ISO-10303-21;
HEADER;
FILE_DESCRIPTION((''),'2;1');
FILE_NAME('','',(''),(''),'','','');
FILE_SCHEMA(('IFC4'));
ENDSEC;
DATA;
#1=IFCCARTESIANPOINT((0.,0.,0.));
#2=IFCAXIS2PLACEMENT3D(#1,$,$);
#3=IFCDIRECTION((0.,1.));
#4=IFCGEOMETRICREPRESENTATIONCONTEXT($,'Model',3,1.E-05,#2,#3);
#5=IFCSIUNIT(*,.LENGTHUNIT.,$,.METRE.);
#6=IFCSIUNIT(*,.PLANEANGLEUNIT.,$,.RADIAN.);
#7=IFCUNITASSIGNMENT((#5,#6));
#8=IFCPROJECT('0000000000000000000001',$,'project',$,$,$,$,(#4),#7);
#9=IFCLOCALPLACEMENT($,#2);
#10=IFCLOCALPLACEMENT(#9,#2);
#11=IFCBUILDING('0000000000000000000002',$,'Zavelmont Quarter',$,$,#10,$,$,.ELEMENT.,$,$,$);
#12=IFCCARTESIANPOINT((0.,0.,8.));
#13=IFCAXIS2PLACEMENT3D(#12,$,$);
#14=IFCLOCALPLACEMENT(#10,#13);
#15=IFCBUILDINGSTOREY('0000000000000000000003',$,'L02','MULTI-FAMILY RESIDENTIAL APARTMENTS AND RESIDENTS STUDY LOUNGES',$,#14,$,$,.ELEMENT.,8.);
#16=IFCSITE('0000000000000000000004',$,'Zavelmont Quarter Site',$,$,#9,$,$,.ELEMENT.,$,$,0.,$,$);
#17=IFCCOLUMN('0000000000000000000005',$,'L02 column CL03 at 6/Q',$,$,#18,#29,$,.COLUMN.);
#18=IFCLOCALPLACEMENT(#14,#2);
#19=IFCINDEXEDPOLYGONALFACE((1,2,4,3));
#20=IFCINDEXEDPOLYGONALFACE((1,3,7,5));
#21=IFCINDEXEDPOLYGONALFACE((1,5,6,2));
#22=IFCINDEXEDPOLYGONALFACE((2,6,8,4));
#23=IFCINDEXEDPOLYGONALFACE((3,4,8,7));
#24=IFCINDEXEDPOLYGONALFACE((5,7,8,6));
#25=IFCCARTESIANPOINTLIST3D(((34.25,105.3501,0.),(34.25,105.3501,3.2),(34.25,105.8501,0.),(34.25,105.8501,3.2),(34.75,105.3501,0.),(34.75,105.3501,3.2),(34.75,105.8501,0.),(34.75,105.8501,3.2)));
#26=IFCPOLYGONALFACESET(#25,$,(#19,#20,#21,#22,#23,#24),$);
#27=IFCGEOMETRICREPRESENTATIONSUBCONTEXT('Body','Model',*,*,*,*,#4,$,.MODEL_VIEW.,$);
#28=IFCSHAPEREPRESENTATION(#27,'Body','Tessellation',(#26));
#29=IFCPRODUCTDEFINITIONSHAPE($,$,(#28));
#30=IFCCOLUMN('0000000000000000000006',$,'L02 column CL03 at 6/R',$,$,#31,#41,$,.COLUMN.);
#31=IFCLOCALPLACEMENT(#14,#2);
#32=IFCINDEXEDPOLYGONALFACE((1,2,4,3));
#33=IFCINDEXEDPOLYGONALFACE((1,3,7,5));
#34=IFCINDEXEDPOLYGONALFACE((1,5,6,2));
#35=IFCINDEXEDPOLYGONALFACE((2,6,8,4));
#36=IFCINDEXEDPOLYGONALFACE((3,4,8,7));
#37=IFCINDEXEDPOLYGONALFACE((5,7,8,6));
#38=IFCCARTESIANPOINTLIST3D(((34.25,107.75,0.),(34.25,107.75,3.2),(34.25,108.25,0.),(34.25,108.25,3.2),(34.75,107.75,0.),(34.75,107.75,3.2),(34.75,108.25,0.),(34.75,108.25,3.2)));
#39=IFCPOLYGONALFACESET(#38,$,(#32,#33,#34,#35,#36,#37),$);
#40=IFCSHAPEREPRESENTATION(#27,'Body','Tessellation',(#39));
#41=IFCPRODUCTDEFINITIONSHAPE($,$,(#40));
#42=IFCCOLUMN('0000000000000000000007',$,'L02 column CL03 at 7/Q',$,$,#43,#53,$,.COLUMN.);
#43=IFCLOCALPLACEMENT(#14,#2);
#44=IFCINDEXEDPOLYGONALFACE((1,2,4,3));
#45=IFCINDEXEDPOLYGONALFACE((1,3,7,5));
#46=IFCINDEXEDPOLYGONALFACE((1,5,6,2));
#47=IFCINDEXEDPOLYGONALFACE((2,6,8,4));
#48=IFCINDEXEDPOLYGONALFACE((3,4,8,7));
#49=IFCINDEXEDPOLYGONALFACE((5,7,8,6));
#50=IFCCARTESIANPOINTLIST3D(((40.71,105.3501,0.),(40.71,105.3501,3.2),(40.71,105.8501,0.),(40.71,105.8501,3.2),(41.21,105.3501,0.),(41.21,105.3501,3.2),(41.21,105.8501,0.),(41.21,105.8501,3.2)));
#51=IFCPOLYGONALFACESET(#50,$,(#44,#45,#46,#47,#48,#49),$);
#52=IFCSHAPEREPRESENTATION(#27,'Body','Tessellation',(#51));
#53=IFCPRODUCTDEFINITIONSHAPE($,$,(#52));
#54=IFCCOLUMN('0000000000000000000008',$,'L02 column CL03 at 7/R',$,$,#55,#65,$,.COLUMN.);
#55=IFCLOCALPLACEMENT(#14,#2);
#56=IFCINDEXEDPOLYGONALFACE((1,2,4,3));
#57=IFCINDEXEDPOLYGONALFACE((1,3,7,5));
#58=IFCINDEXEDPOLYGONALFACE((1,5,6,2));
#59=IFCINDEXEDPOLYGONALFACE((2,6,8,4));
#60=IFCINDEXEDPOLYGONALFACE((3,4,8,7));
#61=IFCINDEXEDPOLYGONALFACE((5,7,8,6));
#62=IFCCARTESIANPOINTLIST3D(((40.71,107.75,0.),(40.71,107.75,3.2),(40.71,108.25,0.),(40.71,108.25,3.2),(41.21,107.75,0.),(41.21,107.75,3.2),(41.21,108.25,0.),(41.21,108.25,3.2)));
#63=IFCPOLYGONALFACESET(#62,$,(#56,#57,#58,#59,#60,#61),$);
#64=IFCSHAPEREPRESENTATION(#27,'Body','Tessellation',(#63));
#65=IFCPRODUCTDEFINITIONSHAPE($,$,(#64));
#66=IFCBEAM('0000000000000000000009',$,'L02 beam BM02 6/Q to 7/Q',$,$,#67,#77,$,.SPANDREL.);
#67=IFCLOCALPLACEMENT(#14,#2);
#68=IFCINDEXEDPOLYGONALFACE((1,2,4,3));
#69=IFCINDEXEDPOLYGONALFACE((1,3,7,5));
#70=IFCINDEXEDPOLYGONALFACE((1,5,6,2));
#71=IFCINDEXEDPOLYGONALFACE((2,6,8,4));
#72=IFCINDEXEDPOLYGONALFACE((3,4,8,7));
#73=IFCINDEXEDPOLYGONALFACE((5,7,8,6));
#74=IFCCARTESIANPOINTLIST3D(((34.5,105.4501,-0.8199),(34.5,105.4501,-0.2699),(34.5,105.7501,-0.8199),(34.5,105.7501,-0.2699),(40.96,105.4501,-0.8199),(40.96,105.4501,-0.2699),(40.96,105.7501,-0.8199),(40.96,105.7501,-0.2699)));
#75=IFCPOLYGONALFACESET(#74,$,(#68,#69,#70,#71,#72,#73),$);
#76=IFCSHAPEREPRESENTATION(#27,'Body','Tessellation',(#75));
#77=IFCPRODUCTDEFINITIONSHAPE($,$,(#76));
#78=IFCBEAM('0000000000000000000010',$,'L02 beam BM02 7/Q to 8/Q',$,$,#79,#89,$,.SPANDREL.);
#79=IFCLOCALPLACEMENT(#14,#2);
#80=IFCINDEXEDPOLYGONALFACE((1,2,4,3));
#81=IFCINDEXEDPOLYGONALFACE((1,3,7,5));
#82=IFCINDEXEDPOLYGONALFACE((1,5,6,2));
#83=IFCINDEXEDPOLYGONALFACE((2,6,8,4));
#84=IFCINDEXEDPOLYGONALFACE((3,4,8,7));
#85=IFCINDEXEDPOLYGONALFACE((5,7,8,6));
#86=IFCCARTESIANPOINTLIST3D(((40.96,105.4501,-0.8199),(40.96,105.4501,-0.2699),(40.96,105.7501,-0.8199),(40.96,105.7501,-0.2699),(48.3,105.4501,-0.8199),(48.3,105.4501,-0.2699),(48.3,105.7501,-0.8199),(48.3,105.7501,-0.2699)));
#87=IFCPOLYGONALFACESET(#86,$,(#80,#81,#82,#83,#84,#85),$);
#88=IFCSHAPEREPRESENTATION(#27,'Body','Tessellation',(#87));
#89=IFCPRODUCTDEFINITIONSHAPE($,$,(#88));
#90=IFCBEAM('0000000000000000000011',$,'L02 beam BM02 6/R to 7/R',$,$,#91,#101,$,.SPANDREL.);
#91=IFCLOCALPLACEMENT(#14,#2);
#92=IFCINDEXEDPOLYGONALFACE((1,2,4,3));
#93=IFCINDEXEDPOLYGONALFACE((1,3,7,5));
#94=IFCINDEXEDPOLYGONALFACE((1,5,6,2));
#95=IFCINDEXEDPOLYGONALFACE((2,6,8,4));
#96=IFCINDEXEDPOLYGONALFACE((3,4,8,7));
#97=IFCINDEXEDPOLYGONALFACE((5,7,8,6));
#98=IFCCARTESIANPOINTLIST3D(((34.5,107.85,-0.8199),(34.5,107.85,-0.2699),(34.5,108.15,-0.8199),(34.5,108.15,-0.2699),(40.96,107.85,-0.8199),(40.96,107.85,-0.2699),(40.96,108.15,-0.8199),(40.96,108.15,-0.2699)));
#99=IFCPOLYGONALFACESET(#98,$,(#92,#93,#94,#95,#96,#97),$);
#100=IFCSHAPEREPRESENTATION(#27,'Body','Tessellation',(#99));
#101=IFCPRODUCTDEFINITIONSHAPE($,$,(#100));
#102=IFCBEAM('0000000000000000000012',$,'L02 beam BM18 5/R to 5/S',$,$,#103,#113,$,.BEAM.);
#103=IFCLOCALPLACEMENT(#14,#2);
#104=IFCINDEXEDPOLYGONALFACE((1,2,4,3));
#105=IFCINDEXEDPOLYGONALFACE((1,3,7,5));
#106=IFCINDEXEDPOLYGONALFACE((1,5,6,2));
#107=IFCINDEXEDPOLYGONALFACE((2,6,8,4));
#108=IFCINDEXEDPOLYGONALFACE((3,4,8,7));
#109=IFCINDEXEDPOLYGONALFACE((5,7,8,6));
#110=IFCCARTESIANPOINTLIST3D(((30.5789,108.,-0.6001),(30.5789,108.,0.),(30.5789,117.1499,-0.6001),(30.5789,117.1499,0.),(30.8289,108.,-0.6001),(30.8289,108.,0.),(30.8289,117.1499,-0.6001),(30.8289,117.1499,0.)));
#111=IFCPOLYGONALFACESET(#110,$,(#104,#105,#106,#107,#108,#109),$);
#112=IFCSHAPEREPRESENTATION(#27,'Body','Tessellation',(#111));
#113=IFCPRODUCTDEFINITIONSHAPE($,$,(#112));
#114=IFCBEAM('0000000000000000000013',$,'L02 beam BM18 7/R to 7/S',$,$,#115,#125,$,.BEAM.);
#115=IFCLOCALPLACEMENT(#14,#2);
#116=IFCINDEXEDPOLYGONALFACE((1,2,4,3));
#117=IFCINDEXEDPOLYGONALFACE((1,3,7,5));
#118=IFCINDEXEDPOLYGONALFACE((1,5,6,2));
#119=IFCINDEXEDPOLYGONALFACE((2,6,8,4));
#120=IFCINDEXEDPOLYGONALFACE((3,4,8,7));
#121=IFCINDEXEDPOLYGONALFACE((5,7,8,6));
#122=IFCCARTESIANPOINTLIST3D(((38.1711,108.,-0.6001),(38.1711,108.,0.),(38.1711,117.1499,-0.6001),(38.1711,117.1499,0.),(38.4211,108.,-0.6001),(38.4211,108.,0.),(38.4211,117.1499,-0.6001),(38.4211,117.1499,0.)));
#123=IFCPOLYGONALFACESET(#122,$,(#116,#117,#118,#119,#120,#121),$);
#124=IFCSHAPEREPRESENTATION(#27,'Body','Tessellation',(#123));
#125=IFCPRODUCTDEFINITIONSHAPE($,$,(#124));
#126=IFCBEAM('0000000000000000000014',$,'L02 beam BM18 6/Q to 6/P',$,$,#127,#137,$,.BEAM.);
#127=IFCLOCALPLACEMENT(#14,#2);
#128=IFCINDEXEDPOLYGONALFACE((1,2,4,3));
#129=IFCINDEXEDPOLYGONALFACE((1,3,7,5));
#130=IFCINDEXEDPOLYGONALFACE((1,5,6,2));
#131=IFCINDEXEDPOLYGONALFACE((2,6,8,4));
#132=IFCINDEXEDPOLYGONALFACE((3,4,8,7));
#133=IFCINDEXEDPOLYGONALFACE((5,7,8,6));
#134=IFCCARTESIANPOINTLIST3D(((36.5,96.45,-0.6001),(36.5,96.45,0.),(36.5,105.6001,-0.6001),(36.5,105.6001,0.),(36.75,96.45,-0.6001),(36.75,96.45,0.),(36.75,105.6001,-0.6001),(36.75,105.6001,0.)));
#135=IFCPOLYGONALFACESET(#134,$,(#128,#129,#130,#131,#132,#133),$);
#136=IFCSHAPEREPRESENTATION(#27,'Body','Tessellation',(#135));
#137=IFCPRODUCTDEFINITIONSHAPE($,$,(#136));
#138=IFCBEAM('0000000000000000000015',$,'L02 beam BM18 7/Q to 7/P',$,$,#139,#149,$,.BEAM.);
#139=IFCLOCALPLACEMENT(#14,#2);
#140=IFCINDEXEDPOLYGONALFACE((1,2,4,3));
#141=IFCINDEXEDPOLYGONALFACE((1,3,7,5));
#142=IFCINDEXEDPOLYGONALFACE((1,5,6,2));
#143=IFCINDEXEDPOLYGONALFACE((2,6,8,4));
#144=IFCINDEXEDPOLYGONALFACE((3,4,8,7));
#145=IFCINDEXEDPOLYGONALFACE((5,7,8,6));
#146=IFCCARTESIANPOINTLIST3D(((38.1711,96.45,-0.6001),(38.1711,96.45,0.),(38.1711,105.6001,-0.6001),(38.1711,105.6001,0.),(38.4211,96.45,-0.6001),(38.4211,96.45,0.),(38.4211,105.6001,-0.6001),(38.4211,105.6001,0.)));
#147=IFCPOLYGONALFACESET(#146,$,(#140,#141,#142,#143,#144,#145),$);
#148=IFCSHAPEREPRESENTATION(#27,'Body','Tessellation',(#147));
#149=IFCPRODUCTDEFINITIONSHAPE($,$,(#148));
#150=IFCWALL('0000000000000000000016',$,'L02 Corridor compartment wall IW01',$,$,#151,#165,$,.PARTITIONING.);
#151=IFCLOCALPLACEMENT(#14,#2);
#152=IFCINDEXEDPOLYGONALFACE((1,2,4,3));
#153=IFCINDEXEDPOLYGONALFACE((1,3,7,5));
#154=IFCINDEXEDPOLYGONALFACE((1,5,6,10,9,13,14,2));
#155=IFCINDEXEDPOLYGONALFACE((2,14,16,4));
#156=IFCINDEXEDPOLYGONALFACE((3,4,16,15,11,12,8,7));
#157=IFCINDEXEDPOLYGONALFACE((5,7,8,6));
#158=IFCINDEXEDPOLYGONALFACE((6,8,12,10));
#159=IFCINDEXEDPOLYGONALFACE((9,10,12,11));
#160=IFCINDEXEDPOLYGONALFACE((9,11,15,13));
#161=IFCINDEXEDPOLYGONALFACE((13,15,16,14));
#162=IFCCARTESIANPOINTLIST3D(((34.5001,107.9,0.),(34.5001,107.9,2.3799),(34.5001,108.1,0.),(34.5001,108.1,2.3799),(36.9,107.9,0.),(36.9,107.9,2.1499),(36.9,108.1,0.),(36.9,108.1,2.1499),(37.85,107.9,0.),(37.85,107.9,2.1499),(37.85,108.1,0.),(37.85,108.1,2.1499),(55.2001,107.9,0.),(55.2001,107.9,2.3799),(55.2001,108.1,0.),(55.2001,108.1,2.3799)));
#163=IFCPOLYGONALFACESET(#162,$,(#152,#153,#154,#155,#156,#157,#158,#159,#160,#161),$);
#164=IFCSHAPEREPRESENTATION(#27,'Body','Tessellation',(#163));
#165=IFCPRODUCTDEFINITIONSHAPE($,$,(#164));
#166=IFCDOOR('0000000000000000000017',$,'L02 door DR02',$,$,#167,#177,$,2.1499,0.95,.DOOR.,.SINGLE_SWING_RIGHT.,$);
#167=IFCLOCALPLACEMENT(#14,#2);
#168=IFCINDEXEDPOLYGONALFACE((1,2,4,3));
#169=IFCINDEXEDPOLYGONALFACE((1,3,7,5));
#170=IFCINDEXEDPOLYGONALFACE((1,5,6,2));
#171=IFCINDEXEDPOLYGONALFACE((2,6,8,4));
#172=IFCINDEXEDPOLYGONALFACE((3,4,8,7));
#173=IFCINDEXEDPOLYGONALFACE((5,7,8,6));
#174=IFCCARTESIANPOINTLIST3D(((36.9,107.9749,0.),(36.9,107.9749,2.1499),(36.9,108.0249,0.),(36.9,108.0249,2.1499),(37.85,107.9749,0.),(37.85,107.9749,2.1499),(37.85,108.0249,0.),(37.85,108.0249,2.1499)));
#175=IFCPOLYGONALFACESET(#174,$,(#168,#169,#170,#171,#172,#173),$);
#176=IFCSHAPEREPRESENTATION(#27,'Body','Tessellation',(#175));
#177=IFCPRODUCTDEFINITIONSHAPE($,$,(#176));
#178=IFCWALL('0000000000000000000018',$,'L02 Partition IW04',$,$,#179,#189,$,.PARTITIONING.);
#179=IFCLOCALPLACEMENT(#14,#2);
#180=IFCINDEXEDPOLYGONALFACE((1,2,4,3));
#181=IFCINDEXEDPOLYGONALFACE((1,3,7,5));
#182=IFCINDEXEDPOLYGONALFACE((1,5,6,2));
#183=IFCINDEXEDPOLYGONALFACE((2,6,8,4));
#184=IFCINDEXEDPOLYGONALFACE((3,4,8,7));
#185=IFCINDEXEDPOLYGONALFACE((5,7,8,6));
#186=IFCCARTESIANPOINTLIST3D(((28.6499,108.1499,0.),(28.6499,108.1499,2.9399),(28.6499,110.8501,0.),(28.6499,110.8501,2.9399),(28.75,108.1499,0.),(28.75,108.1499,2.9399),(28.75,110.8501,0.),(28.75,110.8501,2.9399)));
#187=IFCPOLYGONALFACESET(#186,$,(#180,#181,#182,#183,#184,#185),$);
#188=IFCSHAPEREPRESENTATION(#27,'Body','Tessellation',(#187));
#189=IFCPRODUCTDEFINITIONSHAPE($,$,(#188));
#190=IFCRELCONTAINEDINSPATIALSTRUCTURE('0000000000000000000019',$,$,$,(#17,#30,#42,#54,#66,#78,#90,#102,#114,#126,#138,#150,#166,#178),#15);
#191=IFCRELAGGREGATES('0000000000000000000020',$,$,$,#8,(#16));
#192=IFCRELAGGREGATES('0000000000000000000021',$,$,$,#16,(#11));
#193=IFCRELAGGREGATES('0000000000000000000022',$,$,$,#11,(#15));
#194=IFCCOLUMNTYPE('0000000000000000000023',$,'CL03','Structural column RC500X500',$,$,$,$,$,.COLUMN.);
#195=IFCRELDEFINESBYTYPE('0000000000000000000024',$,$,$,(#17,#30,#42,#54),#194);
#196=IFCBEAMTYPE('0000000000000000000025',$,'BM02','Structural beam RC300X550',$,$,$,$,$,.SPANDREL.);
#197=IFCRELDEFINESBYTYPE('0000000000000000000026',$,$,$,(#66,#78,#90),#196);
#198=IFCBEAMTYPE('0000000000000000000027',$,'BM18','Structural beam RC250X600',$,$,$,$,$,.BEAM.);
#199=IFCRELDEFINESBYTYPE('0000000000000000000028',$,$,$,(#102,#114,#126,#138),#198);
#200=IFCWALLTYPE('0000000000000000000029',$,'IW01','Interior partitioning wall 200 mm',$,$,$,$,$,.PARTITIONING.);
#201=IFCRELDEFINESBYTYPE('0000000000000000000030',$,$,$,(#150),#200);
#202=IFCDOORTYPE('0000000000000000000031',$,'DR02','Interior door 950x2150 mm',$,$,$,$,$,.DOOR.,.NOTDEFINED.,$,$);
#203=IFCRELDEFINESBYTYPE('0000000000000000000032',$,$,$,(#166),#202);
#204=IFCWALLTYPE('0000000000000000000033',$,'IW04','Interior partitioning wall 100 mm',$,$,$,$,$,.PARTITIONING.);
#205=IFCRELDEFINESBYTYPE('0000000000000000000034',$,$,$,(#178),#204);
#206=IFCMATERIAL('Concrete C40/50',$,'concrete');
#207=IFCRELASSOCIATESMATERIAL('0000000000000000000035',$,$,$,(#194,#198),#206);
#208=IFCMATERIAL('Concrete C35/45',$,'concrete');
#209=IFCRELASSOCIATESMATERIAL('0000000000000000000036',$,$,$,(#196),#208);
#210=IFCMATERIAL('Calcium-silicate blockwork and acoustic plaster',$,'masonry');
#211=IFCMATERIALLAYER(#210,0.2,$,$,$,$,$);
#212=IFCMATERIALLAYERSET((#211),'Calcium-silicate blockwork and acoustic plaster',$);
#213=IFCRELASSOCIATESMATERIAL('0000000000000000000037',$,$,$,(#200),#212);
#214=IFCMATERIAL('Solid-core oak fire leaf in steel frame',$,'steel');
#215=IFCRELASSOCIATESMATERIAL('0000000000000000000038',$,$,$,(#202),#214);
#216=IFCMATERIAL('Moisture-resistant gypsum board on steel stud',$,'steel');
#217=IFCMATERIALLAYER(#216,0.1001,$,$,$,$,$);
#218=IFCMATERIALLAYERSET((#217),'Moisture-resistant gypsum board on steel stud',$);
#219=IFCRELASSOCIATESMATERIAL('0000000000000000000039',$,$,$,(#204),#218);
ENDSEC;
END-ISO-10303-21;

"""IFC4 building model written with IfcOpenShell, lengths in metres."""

from ifc_helpers import new_model, si_unit, direction, frame, frame_2d, origin, origin_with_axes, origin_2d, place, context, subcontext, project, spatial, rectangle, extrude, material, layer, layer_set, material_profile, profile_set, type_object, element, fill, save


model = new_model("IFC4")

# Units and contexts
model_context = context("Model", 3, precision=1e-05, world=origin(), true_north=direction((0.0, 1.0)))
body_context = subcontext(model_context, "Body", "Model", "MODEL_VIEW")
ifc_project = project(units=[si_unit("LENGTHUNIT", "METRE"), si_unit("PLANEANGLEUNIT", "RADIAN")], contexts=[model_context])

# Site, building, storey
site_placement = place(None, origin())
site = spatial("IfcSite", under=ifc_project, at=site_placement, Name="Zavelmont Quarter Site", CompositionType="ELEMENT", RefElevation=0.0)
building_placement = place(site_placement, origin())
building = spatial("IfcBuilding", under=site, at=building_placement, Name="Zavelmont Quarter", CompositionType="ELEMENT")
storey_placement = place(building_placement, frame((0.0, 0.0, 8.0)))
storey = spatial("IfcBuildingStorey", under=building, at=storey_placement, Name="L02", Description="MULTI-FAMILY RESIDENTIAL APARTMENTS AND RESIDENTS STUDY LOUNGES", CompositionType="ELEMENT", Elevation=8.0)

# Columns
ifc_material_1 = material(Name="Concrete C40/50", Category="concrete")
ifc_material_profile_1 = material_profile(ifc_material_1, rectangle(XDim=0.5, YDim=0.5, at=origin_2d()), Name="RC500X500")
ifc_profile_set_1 = profile_set([ifc_material_profile_1], Name="Concrete C40/50")
column_type = type_object("IfcColumnType", Name="CL03", Description="Structural column RC500X500", PredefinedType="COLUMN", material=ifc_profile_set_1)
for number, where, z_axis, x_axis, name in (
    (1, (34.5, 105.6001, 0.0), (0.0, 0.0, 1.0), (1.0, 0.0, 0.0), "L02 column CL03 at 6/Q"),
    (2, (34.5, 108.0, 0.0), (0.0, 0.0, 1.0), (1.0, 0.0, 0.0), "L02 column CL03 at 6/R"),
    (3, (40.96, 105.6001, 0.0), (0.0, 0.0, 1.0), (1.0, 0.0, 0.0), "L02 column CL03 at 7/Q"),
    (4, (40.96, 108.0, 0.0), (0.0, 0.0, 1.0), (1.0, 0.0, 0.0), "L02 column CL03 at 7/R"),
):
    element("IfcColumn", number, at=place(storey_placement, frame(where, z_axis=z_axis, x_axis=x_axis)), inside=storey, type_object=column_type, Name=name, PredefinedType="COLUMN", context=body_context, shape_type="SweptSolid", body=[
        extrude(rectangle(XDim=0.5, YDim=0.5, at=origin_2d()), origin(), (0.0, 0.0, 1.0), 3.2),
    ])

# Beams
ifc_material_2 = material(Name="Concrete C35/45", Category="concrete")
ifc_material_profile_2 = material_profile(ifc_material_2, rectangle(XDim=0.3, YDim=0.55, at=origin_2d()), Name="RC300X550")
ifc_profile_set_2 = profile_set([ifc_material_profile_2], Name="Concrete C35/45")
beam_type_1 = type_object("IfcBeamType", Name="BM02", Description="Structural beam RC300X550", PredefinedType="SPANDREL", material=ifc_profile_set_2)
beam_1_placement = place(storey_placement, frame((34.5, 105.6001, -0.5449), z_axis=(1.0, 0.0, 0.0), x_axis=(0.0, 1.0, 0.0)))
element("IfcBeam", 5, at=beam_1_placement, inside=storey, type_object=beam_type_1, Name="L02 beam BM02 6/Q to 7/Q", PredefinedType="SPANDREL", context=body_context, shape_type="SweptSolid", body=[
    extrude(rectangle(XDim=0.3, YDim=0.55, at=origin_2d()), origin(), (0.0, 0.0, 1.0), 6.46),
])
beam_2_placement = place(storey_placement, frame((40.96, 105.6001, -0.5449), z_axis=(1.0, 0.0, 0.0), x_axis=(0.0, 1.0, 0.0)))
element("IfcBeam", 6, at=beam_2_placement, inside=storey, type_object=beam_type_1, Name="L02 beam BM02 7/Q to 8/Q", PredefinedType="SPANDREL", context=body_context, shape_type="SweptSolid", body=[
    extrude(rectangle(XDim=0.3, YDim=0.55, at=origin_2d()), origin(), (0.0, 0.0, 1.0), 7.3401),
])
beam_3_placement = place(storey_placement, frame((34.5, 108.0, -0.5449), z_axis=(1.0, 0.0, 0.0), x_axis=(0.0, 1.0, 0.0)))
element("IfcBeam", 7, at=beam_3_placement, inside=storey, type_object=beam_type_1, Name="L02 beam BM02 6/R to 7/R", PredefinedType="SPANDREL", context=body_context, shape_type="SweptSolid", body=[
    extrude(rectangle(XDim=0.3, YDim=0.55, at=origin_2d()), origin(), (0.0, 0.0, 1.0), 6.46),
])
ifc_material_profile_3 = material_profile(ifc_material_1, rectangle(XDim=0.25, YDim=0.6001, at=origin_2d()), Name="RC250X600")
ifc_profile_set_3 = profile_set([ifc_material_profile_3], Name="Concrete C40/50")
beam_type_2 = type_object("IfcBeamType", Name="BM18", Description="Structural beam RC250X600", PredefinedType="BEAM", material=ifc_profile_set_3)
for number, where, z_axis, x_axis, name in (
    (8, (30.7039, 108.0, -0.3), (0.0, 1.0, 0.0), (-1.0, 0.0, 0.0), "L02 beam BM18 5/R to 5/S"),
    (9, (38.2961, 108.0, -0.3), (0.0, 1.0, 0.0), (-1.0, 0.0, 0.0), "L02 beam BM18 7/R to 7/S"),
):
    element("IfcBeam", number, at=place(storey_placement, frame(where, z_axis=z_axis, x_axis=x_axis)), inside=storey, type_object=beam_type_2, Name=name, PredefinedType="BEAM", context=body_context, shape_type="SweptSolid", body=[
        extrude(rectangle(XDim=0.25, YDim=0.6001, at=origin_2d()), origin(), (0.0, 0.0, 1.0), 9.1499),
    ])
for number, where, z_axis, x_axis, name in (
    (10, (36.625, 105.6001, -0.3), (0.0, -1.0, 0.0), (1.0, 0.0, 0.0), "L02 beam BM18 6/Q to 6/P"),
    (11, (38.2961, 105.6001, -0.3), (0.0, -1.0, 0.0), (1.0, 0.0, 0.0), "L02 beam BM18 7/Q to 7/P"),
):
    element("IfcBeam", number, at=place(storey_placement, frame(where, z_axis=z_axis, x_axis=x_axis)), inside=storey, type_object=beam_type_2, Name=name, PredefinedType="BEAM", context=body_context, shape_type="SweptSolid", body=[
        extrude(rectangle(XDim=0.25, YDim=0.6001, at=origin_2d()), origin(), (0.0, 0.0, 1.0), 9.1501),
    ])

# Wall, opening, door
ifc_material_3 = material(Name="Calcium-silicate blockwork and acoustic plaster", Category="masonry")
ifc_layer_1 = layer(ifc_material_3, 0.2)
ifc_layer_set_1 = layer_set([ifc_layer_1], Name="Calcium-silicate blockwork and acoustic plaster")
wall_type_1 = type_object("IfcWallType", Name="IW01", Description="Interior partitioning wall 200 mm", PredefinedType="PARTITIONING", material=ifc_layer_set_1)
wall_1_placement = place(storey_placement, frame((34.5, 108.0, 0.0), z_axis=(0.0, 0.0, 1.0), x_axis=(1.0, 0.0, 0.0)))
wall_1 = element("IfcWall", 12, at=wall_1_placement, inside=storey, type_object=wall_type_1, Name="L02 Corridor compartment wall IW01", PredefinedType="PARTITIONING", context=body_context, shape_type="SweptSolid", body=[
    extrude(rectangle(XDim=20.7, YDim=0.2, at=frame_2d((10.3501, 0.0))), origin(), (0.0, 0.0, 1.0), 2.3799),
])
opening_1_placement = place(wall_1_placement, frame((2.3999, 0.0, 0.0)))
opening_1 = element("IfcOpeningElement", 13, at=opening_1_placement, cuts=wall_1, PredefinedType="OPENING", context=body_context, shape_type="SweptSolid", body=[
    extrude(rectangle(XDim=0.95, YDim=2.1499, at=frame_2d((0.4751, 1.075))), frame((0.0, 0.1118, 0.0), z_axis=(0.0, -1.0, 0.0), x_axis=(1.0, 0.0, 0.0)), (0.0, 0.0, 1.0), 0.2239),
])
ifc_material_4 = material(Name="Solid-core oak fire leaf in steel frame", Category="steel")
door_type_1 = type_object("IfcDoorType", Name="DR02", Description="Interior door 950x2150 mm", OperationType="NOTDEFINED", PredefinedType="DOOR", material=ifc_material_4)
door_1_placement = place(opening_1_placement, origin_with_axes())
door_1 = element("IfcDoor", 14, at=door_1_placement, inside=storey, type_object=door_type_1, Name="L02 door DR02", OperationType="SINGLE_SWING_RIGHT", OverallHeight=2.1499, OverallWidth=0.95, PredefinedType="DOOR", context=body_context, shape_type="SweptSolid", body=[
    extrude(rectangle(XDim=0.95, YDim=2.1499, at=frame_2d((0.4751, 1.075))), frame((0.0, 0.0249, 0.0), z_axis=(0.0, -1.0, 0.0), x_axis=(1.0, 0.0, 0.0)), (0.0, 0.0, 1.0), 0.05),
])
fill(opening_1, door_1)

# Wall
ifc_material_5 = material(Name="Moisture-resistant gypsum board on steel stud", Category="steel")
ifc_layer_2 = layer(ifc_material_5, 0.1001)
ifc_layer_set_2 = layer_set([ifc_layer_2], Name="Moisture-resistant gypsum board on steel stud")
wall_type_2 = type_object("IfcWallType", Name="IW04", Description="Interior partitioning wall 100 mm", PredefinedType="PARTITIONING", material=ifc_layer_set_2)
wall_2_placement = place(storey_placement, frame((28.7, 108.1499, 0.0), z_axis=(0.0, 0.0, 1.0), x_axis=(0.0, 1.0, 0.0)))
element("IfcWall", 15, at=wall_2_placement, inside=storey, type_object=wall_type_2, Name="L02 Partition IW04", PredefinedType="PARTITIONING", context=body_context, shape_type="SweptSolid", body=[
    extrude(rectangle(XDim=2.7002, YDim=0.1001, at=frame_2d((1.3501, 0.0))), origin(), (0.0, 0.0, 1.0), 2.9399),
])

save(model, "model.ifc")
